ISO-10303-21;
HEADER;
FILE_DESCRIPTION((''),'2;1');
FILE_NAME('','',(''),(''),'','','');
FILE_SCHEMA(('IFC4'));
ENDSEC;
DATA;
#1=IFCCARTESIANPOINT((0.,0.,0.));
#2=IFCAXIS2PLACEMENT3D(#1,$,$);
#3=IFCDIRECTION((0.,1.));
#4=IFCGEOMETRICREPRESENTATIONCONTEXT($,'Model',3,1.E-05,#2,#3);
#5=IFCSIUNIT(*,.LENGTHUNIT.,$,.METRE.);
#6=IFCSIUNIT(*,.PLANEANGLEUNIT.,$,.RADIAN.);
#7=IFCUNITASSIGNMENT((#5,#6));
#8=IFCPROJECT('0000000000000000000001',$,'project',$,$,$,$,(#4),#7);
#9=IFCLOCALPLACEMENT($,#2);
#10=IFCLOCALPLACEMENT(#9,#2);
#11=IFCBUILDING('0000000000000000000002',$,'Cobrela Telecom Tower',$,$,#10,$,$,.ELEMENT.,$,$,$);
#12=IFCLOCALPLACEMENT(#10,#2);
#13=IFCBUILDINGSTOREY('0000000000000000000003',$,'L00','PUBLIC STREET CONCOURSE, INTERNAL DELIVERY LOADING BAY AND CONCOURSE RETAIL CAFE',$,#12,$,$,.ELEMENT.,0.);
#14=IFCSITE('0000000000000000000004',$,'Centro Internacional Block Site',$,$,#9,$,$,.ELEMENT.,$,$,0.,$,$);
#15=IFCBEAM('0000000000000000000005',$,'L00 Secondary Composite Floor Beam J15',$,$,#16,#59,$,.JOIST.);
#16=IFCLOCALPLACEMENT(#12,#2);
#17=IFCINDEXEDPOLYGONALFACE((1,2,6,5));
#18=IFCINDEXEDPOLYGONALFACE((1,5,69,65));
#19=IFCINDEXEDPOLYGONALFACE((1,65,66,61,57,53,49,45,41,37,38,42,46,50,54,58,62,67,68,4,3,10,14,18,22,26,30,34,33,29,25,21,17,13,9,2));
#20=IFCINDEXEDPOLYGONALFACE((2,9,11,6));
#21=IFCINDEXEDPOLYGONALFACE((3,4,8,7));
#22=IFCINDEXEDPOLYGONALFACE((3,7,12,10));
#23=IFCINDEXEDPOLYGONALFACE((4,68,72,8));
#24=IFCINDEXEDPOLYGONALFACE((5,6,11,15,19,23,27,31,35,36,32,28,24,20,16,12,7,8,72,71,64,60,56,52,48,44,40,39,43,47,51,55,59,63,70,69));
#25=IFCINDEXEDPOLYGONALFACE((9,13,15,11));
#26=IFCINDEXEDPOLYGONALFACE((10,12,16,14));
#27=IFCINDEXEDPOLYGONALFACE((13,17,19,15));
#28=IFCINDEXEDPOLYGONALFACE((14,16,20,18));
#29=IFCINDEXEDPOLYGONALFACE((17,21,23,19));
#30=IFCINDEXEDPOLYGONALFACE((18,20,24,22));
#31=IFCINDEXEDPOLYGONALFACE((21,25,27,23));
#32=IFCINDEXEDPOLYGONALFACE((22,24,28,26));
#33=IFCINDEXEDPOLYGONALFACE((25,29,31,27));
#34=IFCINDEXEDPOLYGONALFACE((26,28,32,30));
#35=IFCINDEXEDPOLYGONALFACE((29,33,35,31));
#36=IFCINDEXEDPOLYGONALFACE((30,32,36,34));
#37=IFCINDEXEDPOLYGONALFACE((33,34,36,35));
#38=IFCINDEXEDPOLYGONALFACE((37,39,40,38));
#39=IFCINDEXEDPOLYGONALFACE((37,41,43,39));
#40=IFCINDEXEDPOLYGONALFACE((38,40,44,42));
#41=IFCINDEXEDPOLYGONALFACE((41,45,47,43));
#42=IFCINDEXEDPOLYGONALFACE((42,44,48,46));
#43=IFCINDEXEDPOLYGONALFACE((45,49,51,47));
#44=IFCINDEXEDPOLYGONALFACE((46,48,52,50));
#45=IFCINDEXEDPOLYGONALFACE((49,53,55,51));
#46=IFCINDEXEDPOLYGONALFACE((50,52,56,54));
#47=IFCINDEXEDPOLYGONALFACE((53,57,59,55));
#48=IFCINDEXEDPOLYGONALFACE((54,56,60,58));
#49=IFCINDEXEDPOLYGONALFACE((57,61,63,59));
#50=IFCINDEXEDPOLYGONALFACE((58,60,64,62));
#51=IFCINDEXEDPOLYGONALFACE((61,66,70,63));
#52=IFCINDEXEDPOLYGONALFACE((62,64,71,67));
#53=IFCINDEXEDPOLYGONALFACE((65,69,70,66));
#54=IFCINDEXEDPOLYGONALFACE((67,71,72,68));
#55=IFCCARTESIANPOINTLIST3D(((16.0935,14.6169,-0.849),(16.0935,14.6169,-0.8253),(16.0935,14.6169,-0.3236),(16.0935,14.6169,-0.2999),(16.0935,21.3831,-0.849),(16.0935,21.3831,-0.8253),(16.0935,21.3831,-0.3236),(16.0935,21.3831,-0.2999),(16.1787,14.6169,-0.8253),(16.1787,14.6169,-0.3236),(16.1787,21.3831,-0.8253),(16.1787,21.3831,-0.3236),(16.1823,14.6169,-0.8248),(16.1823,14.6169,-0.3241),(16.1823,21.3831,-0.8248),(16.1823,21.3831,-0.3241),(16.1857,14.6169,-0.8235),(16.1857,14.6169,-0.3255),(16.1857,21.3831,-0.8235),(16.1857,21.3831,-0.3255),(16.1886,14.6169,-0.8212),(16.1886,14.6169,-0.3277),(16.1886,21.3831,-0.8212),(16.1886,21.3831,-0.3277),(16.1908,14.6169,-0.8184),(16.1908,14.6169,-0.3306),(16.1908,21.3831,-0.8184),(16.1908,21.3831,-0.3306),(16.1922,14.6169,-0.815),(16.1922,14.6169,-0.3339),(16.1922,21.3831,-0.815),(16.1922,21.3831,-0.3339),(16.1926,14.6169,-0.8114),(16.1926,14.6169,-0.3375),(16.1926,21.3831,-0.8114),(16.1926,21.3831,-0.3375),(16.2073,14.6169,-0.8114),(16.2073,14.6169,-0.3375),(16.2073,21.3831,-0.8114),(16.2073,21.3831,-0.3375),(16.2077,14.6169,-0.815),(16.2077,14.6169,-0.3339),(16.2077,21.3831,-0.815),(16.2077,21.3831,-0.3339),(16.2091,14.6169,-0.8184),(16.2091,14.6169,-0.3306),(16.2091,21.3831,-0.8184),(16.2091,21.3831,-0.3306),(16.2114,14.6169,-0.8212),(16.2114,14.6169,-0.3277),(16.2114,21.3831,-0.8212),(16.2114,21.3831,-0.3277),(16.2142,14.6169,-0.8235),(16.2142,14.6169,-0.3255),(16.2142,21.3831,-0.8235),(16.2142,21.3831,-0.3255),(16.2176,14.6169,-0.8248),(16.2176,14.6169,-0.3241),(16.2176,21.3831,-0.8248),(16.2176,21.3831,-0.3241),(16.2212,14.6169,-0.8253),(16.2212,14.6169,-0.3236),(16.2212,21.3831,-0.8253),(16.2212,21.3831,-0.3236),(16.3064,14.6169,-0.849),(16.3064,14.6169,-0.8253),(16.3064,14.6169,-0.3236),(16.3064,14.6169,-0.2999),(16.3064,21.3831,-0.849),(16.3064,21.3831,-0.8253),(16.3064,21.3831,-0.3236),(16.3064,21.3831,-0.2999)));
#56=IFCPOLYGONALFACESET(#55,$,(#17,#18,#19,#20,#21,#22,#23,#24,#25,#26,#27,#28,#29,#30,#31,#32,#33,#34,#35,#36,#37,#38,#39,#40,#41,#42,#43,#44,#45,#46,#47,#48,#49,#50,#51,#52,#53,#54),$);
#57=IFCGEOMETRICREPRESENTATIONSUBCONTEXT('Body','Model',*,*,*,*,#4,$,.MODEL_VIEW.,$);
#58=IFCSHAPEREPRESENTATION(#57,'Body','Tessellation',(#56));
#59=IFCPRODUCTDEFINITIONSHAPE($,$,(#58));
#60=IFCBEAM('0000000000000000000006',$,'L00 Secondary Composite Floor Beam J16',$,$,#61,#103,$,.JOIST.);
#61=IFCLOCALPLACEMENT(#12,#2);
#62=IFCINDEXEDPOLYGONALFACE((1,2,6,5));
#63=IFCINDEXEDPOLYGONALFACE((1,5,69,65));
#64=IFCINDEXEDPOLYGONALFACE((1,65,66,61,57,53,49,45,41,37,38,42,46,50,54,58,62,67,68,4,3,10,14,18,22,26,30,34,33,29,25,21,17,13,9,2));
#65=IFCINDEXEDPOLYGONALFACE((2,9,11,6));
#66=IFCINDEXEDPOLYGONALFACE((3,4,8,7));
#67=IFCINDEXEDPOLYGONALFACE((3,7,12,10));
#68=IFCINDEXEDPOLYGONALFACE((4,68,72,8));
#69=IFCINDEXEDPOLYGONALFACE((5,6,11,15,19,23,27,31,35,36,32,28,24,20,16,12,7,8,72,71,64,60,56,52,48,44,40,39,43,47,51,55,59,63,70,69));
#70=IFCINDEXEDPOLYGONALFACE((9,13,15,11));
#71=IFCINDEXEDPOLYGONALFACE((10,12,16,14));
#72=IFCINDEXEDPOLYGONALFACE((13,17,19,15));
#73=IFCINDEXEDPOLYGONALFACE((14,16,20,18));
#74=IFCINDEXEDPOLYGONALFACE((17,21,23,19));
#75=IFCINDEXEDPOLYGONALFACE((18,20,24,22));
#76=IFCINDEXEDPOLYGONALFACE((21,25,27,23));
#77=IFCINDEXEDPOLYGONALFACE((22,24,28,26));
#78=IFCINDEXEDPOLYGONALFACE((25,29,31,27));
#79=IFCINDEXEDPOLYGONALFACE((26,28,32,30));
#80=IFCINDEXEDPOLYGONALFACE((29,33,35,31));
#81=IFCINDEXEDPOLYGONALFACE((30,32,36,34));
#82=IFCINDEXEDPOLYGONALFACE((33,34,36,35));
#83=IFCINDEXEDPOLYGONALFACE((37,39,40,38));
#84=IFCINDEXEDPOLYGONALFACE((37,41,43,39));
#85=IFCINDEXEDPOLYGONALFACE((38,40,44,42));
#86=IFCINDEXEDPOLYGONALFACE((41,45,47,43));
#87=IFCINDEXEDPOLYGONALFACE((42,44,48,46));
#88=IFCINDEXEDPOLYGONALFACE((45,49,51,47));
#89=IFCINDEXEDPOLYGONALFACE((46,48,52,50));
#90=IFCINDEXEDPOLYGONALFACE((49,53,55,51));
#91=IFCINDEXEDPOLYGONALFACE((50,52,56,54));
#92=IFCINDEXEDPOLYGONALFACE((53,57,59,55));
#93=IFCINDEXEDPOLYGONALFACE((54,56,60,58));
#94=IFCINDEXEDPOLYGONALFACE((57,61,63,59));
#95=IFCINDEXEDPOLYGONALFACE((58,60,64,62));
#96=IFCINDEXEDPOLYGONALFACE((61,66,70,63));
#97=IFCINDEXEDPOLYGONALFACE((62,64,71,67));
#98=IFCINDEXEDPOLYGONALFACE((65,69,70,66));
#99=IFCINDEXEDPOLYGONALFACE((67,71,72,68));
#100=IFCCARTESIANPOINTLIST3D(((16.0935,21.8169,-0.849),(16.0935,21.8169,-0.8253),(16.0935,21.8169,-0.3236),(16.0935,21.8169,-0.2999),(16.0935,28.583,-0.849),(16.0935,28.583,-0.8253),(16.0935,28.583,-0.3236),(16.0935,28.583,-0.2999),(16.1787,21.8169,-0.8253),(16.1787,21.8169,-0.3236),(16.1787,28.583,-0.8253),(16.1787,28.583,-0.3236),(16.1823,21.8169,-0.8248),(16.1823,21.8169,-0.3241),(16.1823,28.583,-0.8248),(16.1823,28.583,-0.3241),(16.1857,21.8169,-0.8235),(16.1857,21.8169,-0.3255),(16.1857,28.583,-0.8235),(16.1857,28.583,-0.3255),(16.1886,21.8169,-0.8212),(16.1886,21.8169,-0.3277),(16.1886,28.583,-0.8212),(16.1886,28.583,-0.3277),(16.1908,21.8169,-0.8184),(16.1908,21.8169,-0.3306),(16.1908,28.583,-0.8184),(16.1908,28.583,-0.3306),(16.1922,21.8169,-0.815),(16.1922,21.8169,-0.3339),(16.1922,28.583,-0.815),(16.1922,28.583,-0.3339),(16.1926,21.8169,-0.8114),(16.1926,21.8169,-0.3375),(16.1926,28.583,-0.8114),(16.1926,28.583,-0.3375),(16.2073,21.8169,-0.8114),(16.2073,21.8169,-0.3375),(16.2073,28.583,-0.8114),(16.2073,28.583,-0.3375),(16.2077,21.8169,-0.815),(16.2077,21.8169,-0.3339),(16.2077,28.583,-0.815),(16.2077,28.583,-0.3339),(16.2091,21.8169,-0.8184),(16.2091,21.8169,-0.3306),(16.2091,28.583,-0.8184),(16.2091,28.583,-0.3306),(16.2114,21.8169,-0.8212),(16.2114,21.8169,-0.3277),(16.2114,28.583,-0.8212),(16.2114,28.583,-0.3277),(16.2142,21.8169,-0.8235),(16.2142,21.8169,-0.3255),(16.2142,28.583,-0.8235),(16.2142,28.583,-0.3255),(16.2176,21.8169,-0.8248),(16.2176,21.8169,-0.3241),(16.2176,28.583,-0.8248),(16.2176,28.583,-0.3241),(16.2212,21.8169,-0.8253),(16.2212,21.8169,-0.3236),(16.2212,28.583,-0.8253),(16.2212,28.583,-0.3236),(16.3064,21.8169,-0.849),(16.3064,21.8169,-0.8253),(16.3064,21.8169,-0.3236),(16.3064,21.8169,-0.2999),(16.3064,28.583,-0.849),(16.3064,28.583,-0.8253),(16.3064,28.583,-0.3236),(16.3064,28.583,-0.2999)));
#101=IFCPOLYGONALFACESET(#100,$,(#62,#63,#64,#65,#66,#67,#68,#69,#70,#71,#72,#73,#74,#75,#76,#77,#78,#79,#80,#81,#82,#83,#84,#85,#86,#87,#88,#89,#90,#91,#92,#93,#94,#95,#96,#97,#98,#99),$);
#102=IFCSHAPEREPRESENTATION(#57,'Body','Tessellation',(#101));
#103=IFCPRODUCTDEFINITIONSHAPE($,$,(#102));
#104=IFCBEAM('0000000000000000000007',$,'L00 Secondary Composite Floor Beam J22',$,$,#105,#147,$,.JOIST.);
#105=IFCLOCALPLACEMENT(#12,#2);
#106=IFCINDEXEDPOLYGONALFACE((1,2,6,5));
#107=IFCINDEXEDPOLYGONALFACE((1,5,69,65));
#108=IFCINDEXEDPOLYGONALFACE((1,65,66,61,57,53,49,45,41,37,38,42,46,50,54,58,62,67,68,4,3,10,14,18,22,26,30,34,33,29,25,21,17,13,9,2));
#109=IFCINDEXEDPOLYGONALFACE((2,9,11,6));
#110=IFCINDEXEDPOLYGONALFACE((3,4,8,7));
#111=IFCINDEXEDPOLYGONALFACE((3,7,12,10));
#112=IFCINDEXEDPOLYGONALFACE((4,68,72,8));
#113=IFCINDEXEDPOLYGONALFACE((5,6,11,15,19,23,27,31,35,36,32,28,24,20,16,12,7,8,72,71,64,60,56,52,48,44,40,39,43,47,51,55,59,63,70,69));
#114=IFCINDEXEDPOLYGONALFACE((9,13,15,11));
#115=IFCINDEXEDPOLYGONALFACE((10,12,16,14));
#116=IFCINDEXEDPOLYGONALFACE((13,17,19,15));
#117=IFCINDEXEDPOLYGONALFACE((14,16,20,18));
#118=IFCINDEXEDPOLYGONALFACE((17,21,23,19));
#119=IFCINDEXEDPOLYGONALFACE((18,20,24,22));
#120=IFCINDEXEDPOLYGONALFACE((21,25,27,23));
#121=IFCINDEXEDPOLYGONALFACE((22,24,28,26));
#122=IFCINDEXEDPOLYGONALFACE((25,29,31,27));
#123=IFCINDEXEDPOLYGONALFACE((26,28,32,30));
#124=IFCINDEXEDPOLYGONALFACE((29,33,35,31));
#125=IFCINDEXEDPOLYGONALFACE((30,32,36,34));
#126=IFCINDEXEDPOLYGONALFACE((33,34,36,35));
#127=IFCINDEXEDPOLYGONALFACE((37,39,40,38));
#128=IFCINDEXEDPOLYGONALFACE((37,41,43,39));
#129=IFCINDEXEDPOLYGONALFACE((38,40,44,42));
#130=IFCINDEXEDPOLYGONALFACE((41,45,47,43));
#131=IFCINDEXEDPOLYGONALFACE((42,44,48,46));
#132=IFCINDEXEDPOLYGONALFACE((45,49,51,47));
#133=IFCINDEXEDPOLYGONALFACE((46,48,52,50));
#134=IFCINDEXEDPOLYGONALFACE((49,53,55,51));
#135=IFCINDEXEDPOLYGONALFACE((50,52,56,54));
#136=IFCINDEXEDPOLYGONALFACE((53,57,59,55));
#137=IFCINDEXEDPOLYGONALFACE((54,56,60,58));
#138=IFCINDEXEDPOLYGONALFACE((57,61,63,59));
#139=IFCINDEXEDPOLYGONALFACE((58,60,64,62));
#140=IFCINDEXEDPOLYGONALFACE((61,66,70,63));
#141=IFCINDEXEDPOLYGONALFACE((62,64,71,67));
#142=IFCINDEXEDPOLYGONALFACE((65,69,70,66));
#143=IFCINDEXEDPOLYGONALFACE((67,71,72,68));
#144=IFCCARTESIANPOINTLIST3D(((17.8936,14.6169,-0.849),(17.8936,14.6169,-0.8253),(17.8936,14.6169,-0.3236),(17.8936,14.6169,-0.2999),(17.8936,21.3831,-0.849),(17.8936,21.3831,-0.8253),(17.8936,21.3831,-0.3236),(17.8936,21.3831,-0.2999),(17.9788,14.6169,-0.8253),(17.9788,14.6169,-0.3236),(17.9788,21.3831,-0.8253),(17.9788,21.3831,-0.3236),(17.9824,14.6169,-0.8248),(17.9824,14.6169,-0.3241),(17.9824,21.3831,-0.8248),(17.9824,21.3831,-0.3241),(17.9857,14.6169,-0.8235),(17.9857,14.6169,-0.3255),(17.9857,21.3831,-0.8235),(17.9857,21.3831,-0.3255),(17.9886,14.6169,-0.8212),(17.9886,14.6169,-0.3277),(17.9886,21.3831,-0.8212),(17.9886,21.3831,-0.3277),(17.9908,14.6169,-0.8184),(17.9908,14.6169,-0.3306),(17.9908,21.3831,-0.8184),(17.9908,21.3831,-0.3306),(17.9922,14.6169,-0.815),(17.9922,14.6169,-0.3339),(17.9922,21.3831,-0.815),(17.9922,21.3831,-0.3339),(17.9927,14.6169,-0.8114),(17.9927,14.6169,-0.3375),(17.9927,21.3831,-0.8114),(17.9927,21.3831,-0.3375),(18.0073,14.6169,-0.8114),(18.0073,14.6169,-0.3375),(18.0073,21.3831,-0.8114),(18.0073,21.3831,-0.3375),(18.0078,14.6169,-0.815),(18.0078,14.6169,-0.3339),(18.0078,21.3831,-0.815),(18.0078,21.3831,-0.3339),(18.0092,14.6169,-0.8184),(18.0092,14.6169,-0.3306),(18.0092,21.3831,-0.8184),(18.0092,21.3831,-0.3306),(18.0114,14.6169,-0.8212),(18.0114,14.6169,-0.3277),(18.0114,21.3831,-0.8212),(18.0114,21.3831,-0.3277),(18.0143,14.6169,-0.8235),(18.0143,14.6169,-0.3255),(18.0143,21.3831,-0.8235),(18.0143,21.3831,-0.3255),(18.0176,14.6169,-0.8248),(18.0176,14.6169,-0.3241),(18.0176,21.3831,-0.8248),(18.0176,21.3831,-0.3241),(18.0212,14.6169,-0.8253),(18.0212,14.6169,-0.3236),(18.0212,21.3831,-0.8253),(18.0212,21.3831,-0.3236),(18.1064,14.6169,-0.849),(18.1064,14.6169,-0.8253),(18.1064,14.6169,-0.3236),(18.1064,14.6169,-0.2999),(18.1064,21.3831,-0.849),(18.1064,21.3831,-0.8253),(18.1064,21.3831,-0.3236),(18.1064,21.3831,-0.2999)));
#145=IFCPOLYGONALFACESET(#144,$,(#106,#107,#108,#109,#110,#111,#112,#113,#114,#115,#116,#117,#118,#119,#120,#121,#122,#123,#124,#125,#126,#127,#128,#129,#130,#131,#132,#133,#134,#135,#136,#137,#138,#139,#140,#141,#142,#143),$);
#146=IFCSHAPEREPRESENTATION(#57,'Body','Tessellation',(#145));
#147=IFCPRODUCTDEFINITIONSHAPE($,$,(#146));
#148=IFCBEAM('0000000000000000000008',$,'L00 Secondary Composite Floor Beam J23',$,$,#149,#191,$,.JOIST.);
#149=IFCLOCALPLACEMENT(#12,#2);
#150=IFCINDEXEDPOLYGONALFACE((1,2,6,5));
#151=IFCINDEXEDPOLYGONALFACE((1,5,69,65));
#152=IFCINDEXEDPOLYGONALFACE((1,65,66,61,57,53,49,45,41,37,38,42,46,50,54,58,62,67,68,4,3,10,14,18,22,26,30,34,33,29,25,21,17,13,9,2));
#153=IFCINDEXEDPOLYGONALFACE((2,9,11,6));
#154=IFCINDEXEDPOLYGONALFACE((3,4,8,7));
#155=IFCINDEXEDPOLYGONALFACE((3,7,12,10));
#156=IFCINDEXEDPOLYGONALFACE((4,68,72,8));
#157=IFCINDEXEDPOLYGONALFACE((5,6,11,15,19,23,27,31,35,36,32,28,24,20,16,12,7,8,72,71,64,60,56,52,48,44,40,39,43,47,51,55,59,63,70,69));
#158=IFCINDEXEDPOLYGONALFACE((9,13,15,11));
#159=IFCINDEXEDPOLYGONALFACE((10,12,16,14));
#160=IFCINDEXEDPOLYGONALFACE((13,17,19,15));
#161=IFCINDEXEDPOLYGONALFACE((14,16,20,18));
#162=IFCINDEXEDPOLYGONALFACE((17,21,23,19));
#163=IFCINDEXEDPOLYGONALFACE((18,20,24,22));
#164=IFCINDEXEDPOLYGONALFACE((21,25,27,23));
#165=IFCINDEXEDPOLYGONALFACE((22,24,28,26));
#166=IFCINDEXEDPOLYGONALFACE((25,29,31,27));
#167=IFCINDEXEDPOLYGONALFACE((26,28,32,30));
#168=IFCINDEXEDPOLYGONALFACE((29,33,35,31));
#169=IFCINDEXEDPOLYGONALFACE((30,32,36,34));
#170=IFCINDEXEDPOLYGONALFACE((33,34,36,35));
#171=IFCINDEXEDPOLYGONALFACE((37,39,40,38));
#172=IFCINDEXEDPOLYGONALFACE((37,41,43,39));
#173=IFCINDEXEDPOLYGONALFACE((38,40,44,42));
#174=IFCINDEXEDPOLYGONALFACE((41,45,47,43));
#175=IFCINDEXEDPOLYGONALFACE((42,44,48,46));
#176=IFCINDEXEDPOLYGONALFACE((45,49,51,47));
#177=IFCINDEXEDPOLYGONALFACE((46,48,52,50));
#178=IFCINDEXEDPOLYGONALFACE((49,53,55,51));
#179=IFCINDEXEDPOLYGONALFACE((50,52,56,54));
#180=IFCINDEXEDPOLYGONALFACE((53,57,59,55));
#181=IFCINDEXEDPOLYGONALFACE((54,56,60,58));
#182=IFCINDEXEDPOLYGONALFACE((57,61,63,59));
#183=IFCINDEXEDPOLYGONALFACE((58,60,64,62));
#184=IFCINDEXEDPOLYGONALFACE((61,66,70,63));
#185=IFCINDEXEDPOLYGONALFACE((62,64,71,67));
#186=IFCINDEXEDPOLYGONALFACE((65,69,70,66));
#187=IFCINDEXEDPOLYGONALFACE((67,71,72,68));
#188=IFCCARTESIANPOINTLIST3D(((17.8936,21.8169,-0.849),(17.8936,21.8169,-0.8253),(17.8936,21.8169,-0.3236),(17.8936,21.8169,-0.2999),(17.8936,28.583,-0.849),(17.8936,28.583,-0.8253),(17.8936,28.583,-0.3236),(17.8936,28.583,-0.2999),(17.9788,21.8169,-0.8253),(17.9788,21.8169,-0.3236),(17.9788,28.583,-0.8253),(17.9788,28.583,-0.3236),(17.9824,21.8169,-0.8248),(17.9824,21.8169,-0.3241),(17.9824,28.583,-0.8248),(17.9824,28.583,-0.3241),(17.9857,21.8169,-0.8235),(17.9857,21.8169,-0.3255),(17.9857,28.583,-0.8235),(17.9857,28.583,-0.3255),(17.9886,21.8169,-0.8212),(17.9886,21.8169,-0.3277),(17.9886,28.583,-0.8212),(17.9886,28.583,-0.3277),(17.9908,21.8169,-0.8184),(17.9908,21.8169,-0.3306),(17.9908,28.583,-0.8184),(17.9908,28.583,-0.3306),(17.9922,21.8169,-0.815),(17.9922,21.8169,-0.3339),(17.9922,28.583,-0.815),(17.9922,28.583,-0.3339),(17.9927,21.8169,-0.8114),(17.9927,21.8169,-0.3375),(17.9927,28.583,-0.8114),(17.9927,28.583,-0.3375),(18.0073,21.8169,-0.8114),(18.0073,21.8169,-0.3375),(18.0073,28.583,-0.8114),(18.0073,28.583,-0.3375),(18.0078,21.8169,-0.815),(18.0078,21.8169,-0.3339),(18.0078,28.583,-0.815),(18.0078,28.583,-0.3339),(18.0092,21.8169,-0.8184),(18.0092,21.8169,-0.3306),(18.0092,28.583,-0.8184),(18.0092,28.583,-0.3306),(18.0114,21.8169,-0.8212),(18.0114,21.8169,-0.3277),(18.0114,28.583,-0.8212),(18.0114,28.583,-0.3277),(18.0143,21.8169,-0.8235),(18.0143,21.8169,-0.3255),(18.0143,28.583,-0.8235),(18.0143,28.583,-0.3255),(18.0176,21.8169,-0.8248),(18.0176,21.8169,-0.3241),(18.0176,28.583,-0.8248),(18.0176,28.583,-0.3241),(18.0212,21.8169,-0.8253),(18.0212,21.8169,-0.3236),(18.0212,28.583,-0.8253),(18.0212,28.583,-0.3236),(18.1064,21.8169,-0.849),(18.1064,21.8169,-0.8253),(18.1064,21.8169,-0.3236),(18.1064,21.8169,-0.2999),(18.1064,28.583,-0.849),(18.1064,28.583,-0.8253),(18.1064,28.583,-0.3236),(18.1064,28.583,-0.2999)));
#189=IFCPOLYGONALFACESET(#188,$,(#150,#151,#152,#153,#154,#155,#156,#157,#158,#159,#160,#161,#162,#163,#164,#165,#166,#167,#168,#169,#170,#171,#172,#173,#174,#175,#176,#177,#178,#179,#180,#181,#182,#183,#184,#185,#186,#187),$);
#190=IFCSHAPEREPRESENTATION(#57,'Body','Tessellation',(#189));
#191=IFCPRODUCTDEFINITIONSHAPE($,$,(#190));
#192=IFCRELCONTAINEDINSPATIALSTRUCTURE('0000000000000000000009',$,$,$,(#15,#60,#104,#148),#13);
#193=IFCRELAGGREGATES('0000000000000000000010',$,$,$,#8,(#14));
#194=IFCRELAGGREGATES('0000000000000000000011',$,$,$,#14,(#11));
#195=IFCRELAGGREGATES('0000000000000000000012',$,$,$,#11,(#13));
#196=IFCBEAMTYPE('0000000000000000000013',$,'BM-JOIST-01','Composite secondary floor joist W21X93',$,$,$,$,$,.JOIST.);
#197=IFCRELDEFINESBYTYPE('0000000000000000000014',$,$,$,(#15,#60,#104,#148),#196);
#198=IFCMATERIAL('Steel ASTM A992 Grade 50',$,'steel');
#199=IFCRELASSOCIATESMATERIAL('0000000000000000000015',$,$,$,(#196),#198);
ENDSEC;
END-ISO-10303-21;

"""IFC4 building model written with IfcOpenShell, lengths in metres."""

from ifc_helpers import new_model, si_unit, direction, frame, origin, origin_2d, place, context, subcontext, project, spatial, i_section, extrude, material, material_profile, profile_set, type_object, element, save


model = new_model("IFC4")

# Units and contexts
model_context = context("Model", 3, precision=1e-05, world=origin(), true_north=direction((0.0, 1.0)))
body_context = subcontext(model_context, "Body", "Model", "MODEL_VIEW")
ifc_project = project(units=[si_unit("LENGTHUNIT", "METRE"), si_unit("PLANEANGLEUNIT", "RADIAN")], contexts=[model_context])

# Site, building, storey
site_placement = place(None, origin())
site = spatial("IfcSite", under=ifc_project, at=site_placement, Name="Centro Internacional Block Site", CompositionType="ELEMENT", RefElevation=0.0)
building_placement = place(site_placement, origin())
building = spatial("IfcBuilding", under=site, at=building_placement, Name="Cobrela Telecom Tower", CompositionType="ELEMENT")
storey_placement = place(building_placement, origin())
storey = spatial("IfcBuildingStorey", under=building, at=storey_placement, Name="L00", Description="PUBLIC STREET CONCOURSE, INTERNAL DELIVERY LOADING BAY AND CONCOURSE RETAIL CAFE", CompositionType="ELEMENT", Elevation=0.0)

# Beams
ifc_material_1 = material(Name="Steel ASTM A992 Grade 50", Category="steel")
ifc_material_profile_1 = material_profile(ifc_material_1, i_section(OverallWidth=0.2129, OverallDepth=0.5491, WebThickness=0.0146, FlangeThickness=0.0237, FilletRadius=0.0139, at=origin_2d()), Name="W21X93")
ifc_profile_set_1 = profile_set([ifc_material_profile_1], Name="Steel ASTM A992 Grade 50")
beam_type_1 = type_object("IfcBeamType", Name="BM-JOIST-01", Description="Composite secondary floor joist W21X93", PredefinedType="JOIST", material=ifc_profile_set_1)
for number, where, z_axis, x_axis, name in (
    (1, (16.2, 14.6169, -0.5745), (0.0, 1.0, 0.0), (-1.0, 0.0, 0.0), "L00 Secondary Composite Floor Beam J15"),
    (2, (16.2, 21.8169, -0.5745), (0.0, 1.0, 0.0), (-1.0, 0.0, 0.0), "L00 Secondary Composite Floor Beam J16"),
    (3, (18.0, 14.6169, -0.5745), (0.0, 1.0, 0.0), (-1.0, 0.0, 0.0), "L00 Secondary Composite Floor Beam J22"),
    (4, (18.0, 21.8169, -0.5745), (0.0, 1.0, 0.0), (-1.0, 0.0, 0.0), "L00 Secondary Composite Floor Beam J23"),
):
    element("IfcBeam", number, at=place(storey_placement, frame(where, z_axis=z_axis, x_axis=x_axis)), inside=storey, type_object=beam_type_1, Name=name, PredefinedType="JOIST", context=body_context, shape_type="SweptSolid", body=[
        extrude(i_section(OverallWidth=0.2129, OverallDepth=0.5491, WebThickness=0.0146, FlangeThickness=0.0237, FilletRadius=0.0139, at=origin_2d()), origin(), (0.0, 0.0, 1.0), 6.7661),
    ])

save(model, "model.ifc")
